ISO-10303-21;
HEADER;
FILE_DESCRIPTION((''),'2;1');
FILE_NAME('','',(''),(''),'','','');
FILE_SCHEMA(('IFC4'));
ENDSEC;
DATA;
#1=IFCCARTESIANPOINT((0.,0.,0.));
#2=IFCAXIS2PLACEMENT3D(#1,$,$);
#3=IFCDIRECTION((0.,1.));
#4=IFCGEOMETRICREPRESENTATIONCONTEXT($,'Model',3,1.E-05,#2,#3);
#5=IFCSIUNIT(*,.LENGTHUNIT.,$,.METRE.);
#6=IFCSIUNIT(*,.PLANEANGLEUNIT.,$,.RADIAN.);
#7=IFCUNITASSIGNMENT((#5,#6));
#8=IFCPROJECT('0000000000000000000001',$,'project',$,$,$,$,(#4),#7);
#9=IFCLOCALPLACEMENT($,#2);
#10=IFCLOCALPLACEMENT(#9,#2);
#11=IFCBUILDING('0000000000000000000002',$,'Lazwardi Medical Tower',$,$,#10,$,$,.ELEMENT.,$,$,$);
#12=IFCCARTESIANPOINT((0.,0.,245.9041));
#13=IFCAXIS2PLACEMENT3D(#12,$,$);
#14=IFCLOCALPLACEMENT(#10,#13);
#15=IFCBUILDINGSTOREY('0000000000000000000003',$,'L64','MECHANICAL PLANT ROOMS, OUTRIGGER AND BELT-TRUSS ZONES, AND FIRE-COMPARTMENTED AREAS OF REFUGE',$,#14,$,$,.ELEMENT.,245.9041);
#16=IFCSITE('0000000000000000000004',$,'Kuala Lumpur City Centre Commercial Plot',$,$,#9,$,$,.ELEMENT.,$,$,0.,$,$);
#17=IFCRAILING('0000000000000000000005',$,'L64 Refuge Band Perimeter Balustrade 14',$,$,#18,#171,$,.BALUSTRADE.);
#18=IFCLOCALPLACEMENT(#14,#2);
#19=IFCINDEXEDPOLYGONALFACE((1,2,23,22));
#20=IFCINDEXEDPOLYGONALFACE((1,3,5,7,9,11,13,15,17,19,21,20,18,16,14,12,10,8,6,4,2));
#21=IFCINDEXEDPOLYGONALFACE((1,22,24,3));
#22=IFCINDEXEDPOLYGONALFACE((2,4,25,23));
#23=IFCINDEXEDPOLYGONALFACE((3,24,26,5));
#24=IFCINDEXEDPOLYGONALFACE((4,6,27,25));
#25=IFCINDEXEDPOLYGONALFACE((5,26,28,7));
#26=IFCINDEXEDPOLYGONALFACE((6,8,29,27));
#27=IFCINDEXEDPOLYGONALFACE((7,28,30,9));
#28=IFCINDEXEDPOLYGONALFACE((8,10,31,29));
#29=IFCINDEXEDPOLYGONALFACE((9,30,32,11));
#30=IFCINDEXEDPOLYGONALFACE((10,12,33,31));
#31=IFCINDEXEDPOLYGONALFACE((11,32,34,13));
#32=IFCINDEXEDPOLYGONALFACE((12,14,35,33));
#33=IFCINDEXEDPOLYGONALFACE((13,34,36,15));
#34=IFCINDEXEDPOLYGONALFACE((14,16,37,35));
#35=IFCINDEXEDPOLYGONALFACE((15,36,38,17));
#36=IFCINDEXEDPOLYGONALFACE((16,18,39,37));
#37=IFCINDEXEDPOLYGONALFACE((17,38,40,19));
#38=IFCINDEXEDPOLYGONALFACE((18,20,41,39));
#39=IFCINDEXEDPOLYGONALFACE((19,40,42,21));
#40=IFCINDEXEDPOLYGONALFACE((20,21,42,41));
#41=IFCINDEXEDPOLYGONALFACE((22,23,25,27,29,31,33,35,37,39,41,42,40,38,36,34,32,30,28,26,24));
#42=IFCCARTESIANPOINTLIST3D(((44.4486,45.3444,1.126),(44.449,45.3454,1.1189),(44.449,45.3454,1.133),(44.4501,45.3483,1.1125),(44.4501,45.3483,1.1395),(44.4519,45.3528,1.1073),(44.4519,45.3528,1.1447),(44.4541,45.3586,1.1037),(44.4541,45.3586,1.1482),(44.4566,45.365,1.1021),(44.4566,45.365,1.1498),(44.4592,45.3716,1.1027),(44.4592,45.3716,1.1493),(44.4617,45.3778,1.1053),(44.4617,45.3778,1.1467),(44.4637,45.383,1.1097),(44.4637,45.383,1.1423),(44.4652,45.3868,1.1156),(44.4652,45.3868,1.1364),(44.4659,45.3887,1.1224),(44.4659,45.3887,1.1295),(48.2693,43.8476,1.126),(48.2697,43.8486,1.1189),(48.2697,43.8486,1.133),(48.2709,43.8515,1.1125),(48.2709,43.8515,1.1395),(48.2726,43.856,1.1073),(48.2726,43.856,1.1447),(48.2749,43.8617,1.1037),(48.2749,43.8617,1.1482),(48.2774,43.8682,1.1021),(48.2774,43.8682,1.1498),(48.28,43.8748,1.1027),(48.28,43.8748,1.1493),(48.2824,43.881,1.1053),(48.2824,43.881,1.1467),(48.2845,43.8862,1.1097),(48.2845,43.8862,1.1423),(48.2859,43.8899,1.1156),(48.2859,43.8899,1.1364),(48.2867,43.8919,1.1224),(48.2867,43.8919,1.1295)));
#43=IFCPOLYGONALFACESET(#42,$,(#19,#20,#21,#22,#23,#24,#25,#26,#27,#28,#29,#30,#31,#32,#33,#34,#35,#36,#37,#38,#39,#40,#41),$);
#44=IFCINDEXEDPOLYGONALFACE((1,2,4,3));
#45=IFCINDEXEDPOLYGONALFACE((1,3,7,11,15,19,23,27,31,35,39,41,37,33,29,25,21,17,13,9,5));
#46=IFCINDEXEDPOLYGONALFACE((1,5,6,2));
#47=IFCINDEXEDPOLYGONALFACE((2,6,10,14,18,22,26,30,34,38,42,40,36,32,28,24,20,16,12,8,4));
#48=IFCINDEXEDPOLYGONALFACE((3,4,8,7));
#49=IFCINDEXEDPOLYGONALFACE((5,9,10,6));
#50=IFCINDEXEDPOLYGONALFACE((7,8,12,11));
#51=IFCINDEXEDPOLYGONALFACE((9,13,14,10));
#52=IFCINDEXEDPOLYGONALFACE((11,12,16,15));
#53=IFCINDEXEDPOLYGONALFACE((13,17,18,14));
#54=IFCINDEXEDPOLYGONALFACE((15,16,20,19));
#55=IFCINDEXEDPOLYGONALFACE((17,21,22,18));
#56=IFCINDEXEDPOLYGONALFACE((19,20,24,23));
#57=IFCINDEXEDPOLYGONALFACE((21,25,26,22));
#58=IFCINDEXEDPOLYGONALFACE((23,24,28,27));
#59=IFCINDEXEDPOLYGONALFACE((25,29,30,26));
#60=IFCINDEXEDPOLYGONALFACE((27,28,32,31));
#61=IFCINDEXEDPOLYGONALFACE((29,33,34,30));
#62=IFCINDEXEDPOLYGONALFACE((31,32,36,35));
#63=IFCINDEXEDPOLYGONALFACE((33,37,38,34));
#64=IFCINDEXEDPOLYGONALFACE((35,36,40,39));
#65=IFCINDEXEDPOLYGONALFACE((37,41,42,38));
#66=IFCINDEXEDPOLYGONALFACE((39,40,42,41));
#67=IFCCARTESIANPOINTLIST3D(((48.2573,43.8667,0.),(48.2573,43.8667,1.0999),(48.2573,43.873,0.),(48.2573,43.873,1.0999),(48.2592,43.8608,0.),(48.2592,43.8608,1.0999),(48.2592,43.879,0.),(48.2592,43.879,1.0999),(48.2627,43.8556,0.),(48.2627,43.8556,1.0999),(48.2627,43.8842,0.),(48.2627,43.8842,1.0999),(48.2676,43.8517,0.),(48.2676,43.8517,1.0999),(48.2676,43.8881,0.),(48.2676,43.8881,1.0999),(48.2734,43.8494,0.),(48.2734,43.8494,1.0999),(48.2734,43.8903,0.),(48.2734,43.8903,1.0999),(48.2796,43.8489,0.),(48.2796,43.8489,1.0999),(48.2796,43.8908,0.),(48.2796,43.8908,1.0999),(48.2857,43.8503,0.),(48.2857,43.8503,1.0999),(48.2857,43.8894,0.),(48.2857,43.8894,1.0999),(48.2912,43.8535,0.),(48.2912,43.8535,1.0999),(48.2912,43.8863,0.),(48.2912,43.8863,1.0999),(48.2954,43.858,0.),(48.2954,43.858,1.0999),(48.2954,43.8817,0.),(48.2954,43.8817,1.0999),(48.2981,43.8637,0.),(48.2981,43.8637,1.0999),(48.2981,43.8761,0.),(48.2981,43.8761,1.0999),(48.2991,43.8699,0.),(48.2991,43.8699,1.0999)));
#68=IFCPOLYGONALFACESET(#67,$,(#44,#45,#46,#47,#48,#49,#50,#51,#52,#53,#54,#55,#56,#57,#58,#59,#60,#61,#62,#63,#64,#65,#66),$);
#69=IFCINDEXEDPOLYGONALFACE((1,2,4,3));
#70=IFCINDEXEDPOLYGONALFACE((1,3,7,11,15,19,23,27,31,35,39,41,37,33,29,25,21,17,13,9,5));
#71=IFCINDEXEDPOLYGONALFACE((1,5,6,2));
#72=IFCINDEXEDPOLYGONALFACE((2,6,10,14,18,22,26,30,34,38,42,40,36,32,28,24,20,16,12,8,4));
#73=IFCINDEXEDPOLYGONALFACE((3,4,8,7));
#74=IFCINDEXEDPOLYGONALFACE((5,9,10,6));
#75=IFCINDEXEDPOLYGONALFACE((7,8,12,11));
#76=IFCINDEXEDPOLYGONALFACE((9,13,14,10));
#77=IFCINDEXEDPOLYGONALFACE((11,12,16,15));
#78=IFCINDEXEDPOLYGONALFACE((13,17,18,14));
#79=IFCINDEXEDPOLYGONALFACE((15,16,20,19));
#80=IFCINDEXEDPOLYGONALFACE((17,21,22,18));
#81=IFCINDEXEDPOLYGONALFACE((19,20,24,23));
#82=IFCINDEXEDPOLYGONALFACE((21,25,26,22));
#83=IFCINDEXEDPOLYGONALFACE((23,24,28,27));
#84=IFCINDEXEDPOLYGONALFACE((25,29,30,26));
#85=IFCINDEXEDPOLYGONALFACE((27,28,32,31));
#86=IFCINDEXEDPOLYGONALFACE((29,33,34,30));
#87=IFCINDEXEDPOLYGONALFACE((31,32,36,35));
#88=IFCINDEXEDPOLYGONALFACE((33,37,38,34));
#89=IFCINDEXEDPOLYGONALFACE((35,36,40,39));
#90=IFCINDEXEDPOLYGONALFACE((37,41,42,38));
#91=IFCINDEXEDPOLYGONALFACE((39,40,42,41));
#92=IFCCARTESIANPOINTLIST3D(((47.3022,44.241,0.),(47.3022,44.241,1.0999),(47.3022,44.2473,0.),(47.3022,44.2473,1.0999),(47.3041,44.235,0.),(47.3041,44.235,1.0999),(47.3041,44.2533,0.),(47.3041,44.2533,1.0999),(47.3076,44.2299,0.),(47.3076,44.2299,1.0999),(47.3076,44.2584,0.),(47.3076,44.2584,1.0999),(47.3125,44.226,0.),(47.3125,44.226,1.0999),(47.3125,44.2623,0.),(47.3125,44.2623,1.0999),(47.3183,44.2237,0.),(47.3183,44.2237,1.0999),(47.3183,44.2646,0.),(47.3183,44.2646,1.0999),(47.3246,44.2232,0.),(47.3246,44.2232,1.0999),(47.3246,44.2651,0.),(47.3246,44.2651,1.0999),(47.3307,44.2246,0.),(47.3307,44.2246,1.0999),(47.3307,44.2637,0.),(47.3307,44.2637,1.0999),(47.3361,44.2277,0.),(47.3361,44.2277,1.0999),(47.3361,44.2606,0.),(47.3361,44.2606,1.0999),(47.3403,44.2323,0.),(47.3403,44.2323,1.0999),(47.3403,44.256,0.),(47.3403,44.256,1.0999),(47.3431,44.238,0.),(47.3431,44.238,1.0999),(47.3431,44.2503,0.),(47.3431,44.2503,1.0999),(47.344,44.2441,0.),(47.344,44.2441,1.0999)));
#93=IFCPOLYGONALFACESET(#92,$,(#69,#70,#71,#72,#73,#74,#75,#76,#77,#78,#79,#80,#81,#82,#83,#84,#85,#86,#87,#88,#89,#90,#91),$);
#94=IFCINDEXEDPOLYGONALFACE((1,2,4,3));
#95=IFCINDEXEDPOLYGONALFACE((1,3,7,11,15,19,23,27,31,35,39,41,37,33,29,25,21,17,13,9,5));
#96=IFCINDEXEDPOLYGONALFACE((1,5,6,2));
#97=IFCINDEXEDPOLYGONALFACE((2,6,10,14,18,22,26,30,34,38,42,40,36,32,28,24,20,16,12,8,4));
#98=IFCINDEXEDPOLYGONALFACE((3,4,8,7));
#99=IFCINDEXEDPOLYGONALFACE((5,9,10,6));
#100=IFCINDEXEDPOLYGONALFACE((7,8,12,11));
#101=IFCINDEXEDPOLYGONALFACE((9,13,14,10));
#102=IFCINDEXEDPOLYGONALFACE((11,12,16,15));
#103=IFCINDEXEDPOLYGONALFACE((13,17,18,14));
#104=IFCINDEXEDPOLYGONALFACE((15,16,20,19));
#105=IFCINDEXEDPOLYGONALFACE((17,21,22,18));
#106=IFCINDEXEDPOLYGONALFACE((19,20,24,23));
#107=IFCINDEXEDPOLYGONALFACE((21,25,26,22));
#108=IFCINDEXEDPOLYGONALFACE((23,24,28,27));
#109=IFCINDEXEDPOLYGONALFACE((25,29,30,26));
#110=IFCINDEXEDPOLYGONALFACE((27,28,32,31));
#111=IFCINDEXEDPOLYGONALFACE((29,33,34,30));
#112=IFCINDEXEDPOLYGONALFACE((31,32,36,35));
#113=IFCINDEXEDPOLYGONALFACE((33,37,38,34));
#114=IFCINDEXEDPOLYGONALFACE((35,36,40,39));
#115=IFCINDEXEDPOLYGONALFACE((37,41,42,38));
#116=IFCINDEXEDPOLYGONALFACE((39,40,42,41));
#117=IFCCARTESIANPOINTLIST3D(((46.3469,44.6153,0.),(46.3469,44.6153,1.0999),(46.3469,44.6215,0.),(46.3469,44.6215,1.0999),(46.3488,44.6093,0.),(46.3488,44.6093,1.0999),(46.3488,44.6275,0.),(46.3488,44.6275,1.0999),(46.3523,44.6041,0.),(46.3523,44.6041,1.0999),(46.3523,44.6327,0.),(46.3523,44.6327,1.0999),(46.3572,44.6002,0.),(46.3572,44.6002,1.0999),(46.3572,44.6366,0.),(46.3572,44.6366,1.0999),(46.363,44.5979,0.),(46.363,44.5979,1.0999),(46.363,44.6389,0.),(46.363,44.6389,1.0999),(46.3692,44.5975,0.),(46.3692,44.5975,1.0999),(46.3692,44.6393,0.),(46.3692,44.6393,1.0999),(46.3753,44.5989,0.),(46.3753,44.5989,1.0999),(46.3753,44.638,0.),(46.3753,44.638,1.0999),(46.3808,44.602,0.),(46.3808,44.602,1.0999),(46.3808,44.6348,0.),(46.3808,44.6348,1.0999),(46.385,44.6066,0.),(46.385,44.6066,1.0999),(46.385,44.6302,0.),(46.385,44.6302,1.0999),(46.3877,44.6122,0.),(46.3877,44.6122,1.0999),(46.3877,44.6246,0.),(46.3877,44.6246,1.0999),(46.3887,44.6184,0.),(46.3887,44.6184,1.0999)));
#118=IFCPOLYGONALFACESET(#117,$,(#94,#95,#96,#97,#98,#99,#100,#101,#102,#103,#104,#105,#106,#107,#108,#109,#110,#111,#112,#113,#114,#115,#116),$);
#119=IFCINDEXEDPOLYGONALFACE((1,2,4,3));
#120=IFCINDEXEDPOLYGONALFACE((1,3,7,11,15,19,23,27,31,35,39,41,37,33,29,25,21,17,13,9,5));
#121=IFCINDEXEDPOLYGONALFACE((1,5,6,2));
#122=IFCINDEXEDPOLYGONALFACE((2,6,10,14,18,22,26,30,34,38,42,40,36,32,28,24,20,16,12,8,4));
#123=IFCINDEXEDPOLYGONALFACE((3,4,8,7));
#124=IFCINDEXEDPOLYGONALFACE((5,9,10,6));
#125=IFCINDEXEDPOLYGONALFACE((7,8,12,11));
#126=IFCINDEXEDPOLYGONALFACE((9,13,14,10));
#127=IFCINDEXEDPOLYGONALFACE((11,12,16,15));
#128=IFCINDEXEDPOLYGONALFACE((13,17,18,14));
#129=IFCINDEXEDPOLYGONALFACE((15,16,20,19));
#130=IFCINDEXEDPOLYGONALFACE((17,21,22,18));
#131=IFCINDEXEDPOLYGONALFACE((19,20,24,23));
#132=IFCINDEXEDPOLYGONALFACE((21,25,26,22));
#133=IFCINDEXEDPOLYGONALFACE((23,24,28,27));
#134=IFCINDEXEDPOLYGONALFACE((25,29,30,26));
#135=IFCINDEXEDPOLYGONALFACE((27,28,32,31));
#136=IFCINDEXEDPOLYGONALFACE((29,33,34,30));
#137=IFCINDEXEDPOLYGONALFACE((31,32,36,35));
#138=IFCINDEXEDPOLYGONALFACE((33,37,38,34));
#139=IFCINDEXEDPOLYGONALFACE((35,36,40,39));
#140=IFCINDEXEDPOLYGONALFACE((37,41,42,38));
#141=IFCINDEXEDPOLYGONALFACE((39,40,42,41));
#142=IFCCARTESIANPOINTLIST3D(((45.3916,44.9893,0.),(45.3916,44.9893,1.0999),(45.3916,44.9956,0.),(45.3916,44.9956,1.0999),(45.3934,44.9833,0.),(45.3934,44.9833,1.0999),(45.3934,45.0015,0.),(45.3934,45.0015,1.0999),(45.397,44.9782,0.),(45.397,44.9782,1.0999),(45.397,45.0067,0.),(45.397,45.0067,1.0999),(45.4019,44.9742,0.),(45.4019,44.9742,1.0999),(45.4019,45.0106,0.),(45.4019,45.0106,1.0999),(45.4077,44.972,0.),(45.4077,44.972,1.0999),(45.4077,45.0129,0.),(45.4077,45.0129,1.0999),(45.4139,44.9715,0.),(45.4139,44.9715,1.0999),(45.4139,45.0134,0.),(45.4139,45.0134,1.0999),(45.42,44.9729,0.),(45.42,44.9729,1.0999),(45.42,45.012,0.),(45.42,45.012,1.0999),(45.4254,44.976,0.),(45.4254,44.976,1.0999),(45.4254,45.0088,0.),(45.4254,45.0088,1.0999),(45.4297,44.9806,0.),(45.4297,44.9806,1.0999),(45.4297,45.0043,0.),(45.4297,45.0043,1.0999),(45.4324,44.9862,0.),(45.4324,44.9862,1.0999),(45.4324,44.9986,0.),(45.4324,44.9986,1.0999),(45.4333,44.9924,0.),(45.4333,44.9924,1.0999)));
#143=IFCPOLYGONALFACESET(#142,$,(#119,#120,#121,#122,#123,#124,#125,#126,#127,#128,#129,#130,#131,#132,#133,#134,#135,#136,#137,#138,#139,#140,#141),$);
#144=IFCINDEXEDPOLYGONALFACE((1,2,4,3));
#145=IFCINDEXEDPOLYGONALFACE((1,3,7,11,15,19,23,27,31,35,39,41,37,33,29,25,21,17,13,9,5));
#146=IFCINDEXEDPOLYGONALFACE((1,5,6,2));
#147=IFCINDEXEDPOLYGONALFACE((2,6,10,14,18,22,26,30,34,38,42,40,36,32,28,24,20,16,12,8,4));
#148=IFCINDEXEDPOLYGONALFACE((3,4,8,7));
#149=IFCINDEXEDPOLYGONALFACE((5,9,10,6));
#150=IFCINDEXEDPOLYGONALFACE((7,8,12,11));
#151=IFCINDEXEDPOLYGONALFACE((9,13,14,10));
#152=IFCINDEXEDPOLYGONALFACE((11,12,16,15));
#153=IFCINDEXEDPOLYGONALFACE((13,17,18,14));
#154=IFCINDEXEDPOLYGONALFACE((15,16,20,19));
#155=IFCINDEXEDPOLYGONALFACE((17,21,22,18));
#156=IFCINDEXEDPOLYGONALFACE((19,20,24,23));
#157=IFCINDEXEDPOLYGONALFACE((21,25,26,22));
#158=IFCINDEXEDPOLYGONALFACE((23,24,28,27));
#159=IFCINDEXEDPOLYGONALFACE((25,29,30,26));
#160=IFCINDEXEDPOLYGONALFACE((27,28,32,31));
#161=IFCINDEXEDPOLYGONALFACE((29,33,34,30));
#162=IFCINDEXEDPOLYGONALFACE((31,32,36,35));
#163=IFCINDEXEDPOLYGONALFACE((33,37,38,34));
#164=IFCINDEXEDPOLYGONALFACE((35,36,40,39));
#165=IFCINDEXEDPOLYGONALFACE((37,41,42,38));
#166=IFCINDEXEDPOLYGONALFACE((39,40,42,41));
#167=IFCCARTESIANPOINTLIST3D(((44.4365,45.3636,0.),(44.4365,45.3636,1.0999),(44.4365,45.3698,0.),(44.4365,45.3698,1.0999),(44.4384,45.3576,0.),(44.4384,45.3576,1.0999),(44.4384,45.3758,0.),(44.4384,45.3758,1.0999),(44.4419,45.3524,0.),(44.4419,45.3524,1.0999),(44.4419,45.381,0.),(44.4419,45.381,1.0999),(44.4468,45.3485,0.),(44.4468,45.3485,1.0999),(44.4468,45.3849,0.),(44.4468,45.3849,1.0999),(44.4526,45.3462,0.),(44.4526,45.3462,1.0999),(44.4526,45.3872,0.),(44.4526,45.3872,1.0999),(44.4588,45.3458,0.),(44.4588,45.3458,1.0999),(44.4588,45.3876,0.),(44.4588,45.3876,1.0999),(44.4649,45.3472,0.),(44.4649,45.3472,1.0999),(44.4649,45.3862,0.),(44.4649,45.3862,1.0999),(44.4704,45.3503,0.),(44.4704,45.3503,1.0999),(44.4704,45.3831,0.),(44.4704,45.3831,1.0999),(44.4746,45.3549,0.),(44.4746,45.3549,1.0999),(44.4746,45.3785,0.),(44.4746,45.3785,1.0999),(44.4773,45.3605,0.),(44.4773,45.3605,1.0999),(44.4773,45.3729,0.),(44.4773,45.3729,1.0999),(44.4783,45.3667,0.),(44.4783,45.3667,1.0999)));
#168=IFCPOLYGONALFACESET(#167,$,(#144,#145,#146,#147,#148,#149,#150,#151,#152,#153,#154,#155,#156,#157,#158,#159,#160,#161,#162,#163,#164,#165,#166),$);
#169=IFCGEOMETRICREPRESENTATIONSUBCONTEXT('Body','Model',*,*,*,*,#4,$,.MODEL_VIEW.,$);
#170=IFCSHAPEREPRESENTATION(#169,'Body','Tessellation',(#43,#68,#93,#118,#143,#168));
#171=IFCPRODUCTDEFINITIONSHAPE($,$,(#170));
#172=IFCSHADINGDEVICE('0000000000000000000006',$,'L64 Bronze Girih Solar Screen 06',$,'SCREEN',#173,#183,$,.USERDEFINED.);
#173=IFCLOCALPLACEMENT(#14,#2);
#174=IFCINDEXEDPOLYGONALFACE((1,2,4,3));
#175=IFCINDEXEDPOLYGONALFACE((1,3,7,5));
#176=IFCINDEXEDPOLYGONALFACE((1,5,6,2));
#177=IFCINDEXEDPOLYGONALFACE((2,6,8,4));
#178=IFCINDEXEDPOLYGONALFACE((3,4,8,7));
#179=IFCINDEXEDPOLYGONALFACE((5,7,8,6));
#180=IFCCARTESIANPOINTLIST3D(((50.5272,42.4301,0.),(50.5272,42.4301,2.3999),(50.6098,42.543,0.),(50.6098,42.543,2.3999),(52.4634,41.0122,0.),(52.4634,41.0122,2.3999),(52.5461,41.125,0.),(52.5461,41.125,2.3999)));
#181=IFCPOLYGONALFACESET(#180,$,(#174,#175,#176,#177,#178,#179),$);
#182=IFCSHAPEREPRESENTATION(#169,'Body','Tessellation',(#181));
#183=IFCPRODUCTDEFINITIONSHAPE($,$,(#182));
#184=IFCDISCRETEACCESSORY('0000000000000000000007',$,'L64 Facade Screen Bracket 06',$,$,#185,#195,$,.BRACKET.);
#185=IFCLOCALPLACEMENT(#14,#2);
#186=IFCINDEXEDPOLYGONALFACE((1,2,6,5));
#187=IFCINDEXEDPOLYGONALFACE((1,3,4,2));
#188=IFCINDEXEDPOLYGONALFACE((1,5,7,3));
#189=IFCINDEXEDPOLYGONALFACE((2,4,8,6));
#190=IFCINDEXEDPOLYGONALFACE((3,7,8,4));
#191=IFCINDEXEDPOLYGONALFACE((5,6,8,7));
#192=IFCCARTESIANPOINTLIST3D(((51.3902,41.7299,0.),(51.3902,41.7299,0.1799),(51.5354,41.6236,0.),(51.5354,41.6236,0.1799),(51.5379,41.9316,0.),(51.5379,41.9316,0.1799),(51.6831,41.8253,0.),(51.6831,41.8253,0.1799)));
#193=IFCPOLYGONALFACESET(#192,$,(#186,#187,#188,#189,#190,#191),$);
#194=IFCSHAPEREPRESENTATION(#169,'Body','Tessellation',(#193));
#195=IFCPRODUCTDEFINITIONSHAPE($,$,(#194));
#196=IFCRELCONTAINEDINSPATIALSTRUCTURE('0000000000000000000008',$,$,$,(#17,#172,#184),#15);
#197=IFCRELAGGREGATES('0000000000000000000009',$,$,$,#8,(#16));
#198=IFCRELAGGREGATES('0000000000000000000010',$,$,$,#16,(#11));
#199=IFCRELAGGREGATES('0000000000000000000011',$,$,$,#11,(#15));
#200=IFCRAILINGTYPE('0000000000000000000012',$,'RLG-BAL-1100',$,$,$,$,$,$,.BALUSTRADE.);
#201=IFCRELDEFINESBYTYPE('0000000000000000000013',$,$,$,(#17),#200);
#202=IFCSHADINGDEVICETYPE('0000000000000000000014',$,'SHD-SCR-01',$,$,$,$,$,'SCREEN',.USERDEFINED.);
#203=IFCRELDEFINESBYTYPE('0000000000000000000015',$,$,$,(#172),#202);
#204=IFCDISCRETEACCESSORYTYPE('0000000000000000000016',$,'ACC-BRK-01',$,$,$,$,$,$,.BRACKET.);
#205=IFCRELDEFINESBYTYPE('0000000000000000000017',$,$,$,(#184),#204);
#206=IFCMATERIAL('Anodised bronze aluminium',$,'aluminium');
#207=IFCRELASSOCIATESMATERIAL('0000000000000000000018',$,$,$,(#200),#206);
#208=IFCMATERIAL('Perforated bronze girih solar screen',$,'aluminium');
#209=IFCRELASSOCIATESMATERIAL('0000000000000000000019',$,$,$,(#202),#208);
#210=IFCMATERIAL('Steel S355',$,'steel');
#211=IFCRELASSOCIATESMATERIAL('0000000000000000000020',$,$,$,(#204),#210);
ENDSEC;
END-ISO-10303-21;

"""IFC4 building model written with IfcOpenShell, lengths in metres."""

from ifc_helpers import new_model, si_unit, direction, frame, origin, origin_2d, place, context, subcontext, project, spatial, rectangle, circle, extrude, material, type_object, element, save


model = new_model("IFC4")

# Units and contexts
model_context = context("Model", 3, precision=1e-05, world=origin(), true_north=direction((0.0, 1.0)))
body_context = subcontext(model_context, "Body", "Model", "MODEL_VIEW")
ifc_project = project(units=[si_unit("LENGTHUNIT", "METRE"), si_unit("PLANEANGLEUNIT", "RADIAN")], contexts=[model_context])

# Site, building, storey
site_placement = place(None, origin())
site = spatial("IfcSite", under=ifc_project, at=site_placement, Name="Kuala Lumpur City Centre Commercial Plot", CompositionType="ELEMENT", RefElevation=0.0)
building_placement = place(site_placement, origin())
building = spatial("IfcBuilding", under=site, at=building_placement, Name="Lazwardi Medical Tower", CompositionType="ELEMENT")
storey_placement = place(building_placement, frame((0.0, 0.0, 245.9041)))
storey = spatial("IfcBuildingStorey", under=building, at=storey_placement, Name="L64", Description="MECHANICAL PLANT ROOMS, OUTRIGGER AND BELT-TRUSS ZONES, AND FIRE-COMPARTMENTED AREAS OF REFUGE", CompositionType="ELEMENT", Elevation=245.9041)

# Shared definitions
ifc_material_1 = material(Name="Steel S355", Category="steel")

# Railing
ifc_material_2 = material(Name="Anodised bronze aluminium", Category="aluminium")
railing_type = type_object("IfcRailingType", Name="RLG-BAL-1100", PredefinedType="BALUSTRADE", material=ifc_material_2)
railing_1_placement = place(storey_placement, frame((48.2781, 43.8699, 0.0)))
element("IfcRailing", 1, at=railing_1_placement, inside=storey, type_object=railing_type, Name="L64 Refuge Band Perimeter Balustrade 14", PredefinedType="BALUSTRADE", context=body_context, shape_type="SweptSolid", body=[
    extrude(circle(Radius=0.0239, at=origin_2d()), frame((0.0, 0.0, 1.126), z_axis=(-0.9311, 0.364765, 0.0), x_axis=(-0.364765, -0.9311, 0.0)), (0.0, 0.0, 1.0), 4.1035),
    extrude(circle(Radius=0.021, at=origin_2d()), origin(), (0.0, 0.0, 1.0), 1.0999),
    extrude(circle(Radius=0.021, at=origin_2d()), frame((-0.9551, 0.3743, 0.0)), (0.0, 0.0, 1.0), 1.0999),
    extrude(circle(Radius=0.021, at=origin_2d()), frame((-1.9104, 0.7485, 0.0)), (0.0, 0.0, 1.0), 1.0999),
    extrude(circle(Radius=0.021, at=origin_2d()), frame((-2.8657, 1.1226, 0.0)), (0.0, 0.0, 1.0), 1.0999),
    extrude(circle(Radius=0.021, at=origin_2d()), frame((-3.8208, 1.4968, 0.0)), (0.0, 0.0, 1.0), 1.0999),
])

# Shading device
ifc_material_3 = material(Name="Perforated bronze girih solar screen", Category="aluminium")
shading_device_type = type_object("IfcShadingDeviceType", Name="SHD-SCR-01", ElementType="SCREEN", PredefinedType="USERDEFINED", material=ifc_material_3)
shading_device_placement = place(storey_placement, frame((51.5366, 41.7776, 0.0), z_axis=(0.0, 0.0, 1.0), x_axis=(-0.806793, 0.590834, 0.0)))
element("IfcShadingDevice", 2, at=shading_device_placement, inside=storey, type_object=shading_device_type, Name="L64 Bronze Girih Solar Screen 06", ObjectType="SCREEN", PredefinedType="USERDEFINED", context=body_context, shape_type="SweptSolid", body=[
    extrude(rectangle(XDim=2.3999, YDim=0.1399, at=origin_2d()), origin(), (0.0, 0.0, 1.0), 2.3999),
])

# Discrete accessory
discrete_accessory_type = type_object("IfcDiscreteAccessoryType", Name="ACC-BRK-01", PredefinedType="BRACKET", material=ifc_material_1)
discrete_accessory_placement = place(storey_placement, frame((51.5366, 41.7776, 0.0), z_axis=(0.0, 0.0, 1.0), x_axis=(-0.806793, 0.590834, 0.0)))
element("IfcDiscreteAccessory", 3, at=discrete_accessory_placement, inside=storey, type_object=discrete_accessory_type, Name="L64 Facade Screen Bracket 06", PredefinedType="BRACKET", context=body_context, shape_type="SweptSolid", body=[
    extrude(rectangle(XDim=0.1799, YDim=0.25, at=origin_2d()), origin(), (0.0, 0.0, 1.0), 0.1799),
])

save(model, "model.ifc")
